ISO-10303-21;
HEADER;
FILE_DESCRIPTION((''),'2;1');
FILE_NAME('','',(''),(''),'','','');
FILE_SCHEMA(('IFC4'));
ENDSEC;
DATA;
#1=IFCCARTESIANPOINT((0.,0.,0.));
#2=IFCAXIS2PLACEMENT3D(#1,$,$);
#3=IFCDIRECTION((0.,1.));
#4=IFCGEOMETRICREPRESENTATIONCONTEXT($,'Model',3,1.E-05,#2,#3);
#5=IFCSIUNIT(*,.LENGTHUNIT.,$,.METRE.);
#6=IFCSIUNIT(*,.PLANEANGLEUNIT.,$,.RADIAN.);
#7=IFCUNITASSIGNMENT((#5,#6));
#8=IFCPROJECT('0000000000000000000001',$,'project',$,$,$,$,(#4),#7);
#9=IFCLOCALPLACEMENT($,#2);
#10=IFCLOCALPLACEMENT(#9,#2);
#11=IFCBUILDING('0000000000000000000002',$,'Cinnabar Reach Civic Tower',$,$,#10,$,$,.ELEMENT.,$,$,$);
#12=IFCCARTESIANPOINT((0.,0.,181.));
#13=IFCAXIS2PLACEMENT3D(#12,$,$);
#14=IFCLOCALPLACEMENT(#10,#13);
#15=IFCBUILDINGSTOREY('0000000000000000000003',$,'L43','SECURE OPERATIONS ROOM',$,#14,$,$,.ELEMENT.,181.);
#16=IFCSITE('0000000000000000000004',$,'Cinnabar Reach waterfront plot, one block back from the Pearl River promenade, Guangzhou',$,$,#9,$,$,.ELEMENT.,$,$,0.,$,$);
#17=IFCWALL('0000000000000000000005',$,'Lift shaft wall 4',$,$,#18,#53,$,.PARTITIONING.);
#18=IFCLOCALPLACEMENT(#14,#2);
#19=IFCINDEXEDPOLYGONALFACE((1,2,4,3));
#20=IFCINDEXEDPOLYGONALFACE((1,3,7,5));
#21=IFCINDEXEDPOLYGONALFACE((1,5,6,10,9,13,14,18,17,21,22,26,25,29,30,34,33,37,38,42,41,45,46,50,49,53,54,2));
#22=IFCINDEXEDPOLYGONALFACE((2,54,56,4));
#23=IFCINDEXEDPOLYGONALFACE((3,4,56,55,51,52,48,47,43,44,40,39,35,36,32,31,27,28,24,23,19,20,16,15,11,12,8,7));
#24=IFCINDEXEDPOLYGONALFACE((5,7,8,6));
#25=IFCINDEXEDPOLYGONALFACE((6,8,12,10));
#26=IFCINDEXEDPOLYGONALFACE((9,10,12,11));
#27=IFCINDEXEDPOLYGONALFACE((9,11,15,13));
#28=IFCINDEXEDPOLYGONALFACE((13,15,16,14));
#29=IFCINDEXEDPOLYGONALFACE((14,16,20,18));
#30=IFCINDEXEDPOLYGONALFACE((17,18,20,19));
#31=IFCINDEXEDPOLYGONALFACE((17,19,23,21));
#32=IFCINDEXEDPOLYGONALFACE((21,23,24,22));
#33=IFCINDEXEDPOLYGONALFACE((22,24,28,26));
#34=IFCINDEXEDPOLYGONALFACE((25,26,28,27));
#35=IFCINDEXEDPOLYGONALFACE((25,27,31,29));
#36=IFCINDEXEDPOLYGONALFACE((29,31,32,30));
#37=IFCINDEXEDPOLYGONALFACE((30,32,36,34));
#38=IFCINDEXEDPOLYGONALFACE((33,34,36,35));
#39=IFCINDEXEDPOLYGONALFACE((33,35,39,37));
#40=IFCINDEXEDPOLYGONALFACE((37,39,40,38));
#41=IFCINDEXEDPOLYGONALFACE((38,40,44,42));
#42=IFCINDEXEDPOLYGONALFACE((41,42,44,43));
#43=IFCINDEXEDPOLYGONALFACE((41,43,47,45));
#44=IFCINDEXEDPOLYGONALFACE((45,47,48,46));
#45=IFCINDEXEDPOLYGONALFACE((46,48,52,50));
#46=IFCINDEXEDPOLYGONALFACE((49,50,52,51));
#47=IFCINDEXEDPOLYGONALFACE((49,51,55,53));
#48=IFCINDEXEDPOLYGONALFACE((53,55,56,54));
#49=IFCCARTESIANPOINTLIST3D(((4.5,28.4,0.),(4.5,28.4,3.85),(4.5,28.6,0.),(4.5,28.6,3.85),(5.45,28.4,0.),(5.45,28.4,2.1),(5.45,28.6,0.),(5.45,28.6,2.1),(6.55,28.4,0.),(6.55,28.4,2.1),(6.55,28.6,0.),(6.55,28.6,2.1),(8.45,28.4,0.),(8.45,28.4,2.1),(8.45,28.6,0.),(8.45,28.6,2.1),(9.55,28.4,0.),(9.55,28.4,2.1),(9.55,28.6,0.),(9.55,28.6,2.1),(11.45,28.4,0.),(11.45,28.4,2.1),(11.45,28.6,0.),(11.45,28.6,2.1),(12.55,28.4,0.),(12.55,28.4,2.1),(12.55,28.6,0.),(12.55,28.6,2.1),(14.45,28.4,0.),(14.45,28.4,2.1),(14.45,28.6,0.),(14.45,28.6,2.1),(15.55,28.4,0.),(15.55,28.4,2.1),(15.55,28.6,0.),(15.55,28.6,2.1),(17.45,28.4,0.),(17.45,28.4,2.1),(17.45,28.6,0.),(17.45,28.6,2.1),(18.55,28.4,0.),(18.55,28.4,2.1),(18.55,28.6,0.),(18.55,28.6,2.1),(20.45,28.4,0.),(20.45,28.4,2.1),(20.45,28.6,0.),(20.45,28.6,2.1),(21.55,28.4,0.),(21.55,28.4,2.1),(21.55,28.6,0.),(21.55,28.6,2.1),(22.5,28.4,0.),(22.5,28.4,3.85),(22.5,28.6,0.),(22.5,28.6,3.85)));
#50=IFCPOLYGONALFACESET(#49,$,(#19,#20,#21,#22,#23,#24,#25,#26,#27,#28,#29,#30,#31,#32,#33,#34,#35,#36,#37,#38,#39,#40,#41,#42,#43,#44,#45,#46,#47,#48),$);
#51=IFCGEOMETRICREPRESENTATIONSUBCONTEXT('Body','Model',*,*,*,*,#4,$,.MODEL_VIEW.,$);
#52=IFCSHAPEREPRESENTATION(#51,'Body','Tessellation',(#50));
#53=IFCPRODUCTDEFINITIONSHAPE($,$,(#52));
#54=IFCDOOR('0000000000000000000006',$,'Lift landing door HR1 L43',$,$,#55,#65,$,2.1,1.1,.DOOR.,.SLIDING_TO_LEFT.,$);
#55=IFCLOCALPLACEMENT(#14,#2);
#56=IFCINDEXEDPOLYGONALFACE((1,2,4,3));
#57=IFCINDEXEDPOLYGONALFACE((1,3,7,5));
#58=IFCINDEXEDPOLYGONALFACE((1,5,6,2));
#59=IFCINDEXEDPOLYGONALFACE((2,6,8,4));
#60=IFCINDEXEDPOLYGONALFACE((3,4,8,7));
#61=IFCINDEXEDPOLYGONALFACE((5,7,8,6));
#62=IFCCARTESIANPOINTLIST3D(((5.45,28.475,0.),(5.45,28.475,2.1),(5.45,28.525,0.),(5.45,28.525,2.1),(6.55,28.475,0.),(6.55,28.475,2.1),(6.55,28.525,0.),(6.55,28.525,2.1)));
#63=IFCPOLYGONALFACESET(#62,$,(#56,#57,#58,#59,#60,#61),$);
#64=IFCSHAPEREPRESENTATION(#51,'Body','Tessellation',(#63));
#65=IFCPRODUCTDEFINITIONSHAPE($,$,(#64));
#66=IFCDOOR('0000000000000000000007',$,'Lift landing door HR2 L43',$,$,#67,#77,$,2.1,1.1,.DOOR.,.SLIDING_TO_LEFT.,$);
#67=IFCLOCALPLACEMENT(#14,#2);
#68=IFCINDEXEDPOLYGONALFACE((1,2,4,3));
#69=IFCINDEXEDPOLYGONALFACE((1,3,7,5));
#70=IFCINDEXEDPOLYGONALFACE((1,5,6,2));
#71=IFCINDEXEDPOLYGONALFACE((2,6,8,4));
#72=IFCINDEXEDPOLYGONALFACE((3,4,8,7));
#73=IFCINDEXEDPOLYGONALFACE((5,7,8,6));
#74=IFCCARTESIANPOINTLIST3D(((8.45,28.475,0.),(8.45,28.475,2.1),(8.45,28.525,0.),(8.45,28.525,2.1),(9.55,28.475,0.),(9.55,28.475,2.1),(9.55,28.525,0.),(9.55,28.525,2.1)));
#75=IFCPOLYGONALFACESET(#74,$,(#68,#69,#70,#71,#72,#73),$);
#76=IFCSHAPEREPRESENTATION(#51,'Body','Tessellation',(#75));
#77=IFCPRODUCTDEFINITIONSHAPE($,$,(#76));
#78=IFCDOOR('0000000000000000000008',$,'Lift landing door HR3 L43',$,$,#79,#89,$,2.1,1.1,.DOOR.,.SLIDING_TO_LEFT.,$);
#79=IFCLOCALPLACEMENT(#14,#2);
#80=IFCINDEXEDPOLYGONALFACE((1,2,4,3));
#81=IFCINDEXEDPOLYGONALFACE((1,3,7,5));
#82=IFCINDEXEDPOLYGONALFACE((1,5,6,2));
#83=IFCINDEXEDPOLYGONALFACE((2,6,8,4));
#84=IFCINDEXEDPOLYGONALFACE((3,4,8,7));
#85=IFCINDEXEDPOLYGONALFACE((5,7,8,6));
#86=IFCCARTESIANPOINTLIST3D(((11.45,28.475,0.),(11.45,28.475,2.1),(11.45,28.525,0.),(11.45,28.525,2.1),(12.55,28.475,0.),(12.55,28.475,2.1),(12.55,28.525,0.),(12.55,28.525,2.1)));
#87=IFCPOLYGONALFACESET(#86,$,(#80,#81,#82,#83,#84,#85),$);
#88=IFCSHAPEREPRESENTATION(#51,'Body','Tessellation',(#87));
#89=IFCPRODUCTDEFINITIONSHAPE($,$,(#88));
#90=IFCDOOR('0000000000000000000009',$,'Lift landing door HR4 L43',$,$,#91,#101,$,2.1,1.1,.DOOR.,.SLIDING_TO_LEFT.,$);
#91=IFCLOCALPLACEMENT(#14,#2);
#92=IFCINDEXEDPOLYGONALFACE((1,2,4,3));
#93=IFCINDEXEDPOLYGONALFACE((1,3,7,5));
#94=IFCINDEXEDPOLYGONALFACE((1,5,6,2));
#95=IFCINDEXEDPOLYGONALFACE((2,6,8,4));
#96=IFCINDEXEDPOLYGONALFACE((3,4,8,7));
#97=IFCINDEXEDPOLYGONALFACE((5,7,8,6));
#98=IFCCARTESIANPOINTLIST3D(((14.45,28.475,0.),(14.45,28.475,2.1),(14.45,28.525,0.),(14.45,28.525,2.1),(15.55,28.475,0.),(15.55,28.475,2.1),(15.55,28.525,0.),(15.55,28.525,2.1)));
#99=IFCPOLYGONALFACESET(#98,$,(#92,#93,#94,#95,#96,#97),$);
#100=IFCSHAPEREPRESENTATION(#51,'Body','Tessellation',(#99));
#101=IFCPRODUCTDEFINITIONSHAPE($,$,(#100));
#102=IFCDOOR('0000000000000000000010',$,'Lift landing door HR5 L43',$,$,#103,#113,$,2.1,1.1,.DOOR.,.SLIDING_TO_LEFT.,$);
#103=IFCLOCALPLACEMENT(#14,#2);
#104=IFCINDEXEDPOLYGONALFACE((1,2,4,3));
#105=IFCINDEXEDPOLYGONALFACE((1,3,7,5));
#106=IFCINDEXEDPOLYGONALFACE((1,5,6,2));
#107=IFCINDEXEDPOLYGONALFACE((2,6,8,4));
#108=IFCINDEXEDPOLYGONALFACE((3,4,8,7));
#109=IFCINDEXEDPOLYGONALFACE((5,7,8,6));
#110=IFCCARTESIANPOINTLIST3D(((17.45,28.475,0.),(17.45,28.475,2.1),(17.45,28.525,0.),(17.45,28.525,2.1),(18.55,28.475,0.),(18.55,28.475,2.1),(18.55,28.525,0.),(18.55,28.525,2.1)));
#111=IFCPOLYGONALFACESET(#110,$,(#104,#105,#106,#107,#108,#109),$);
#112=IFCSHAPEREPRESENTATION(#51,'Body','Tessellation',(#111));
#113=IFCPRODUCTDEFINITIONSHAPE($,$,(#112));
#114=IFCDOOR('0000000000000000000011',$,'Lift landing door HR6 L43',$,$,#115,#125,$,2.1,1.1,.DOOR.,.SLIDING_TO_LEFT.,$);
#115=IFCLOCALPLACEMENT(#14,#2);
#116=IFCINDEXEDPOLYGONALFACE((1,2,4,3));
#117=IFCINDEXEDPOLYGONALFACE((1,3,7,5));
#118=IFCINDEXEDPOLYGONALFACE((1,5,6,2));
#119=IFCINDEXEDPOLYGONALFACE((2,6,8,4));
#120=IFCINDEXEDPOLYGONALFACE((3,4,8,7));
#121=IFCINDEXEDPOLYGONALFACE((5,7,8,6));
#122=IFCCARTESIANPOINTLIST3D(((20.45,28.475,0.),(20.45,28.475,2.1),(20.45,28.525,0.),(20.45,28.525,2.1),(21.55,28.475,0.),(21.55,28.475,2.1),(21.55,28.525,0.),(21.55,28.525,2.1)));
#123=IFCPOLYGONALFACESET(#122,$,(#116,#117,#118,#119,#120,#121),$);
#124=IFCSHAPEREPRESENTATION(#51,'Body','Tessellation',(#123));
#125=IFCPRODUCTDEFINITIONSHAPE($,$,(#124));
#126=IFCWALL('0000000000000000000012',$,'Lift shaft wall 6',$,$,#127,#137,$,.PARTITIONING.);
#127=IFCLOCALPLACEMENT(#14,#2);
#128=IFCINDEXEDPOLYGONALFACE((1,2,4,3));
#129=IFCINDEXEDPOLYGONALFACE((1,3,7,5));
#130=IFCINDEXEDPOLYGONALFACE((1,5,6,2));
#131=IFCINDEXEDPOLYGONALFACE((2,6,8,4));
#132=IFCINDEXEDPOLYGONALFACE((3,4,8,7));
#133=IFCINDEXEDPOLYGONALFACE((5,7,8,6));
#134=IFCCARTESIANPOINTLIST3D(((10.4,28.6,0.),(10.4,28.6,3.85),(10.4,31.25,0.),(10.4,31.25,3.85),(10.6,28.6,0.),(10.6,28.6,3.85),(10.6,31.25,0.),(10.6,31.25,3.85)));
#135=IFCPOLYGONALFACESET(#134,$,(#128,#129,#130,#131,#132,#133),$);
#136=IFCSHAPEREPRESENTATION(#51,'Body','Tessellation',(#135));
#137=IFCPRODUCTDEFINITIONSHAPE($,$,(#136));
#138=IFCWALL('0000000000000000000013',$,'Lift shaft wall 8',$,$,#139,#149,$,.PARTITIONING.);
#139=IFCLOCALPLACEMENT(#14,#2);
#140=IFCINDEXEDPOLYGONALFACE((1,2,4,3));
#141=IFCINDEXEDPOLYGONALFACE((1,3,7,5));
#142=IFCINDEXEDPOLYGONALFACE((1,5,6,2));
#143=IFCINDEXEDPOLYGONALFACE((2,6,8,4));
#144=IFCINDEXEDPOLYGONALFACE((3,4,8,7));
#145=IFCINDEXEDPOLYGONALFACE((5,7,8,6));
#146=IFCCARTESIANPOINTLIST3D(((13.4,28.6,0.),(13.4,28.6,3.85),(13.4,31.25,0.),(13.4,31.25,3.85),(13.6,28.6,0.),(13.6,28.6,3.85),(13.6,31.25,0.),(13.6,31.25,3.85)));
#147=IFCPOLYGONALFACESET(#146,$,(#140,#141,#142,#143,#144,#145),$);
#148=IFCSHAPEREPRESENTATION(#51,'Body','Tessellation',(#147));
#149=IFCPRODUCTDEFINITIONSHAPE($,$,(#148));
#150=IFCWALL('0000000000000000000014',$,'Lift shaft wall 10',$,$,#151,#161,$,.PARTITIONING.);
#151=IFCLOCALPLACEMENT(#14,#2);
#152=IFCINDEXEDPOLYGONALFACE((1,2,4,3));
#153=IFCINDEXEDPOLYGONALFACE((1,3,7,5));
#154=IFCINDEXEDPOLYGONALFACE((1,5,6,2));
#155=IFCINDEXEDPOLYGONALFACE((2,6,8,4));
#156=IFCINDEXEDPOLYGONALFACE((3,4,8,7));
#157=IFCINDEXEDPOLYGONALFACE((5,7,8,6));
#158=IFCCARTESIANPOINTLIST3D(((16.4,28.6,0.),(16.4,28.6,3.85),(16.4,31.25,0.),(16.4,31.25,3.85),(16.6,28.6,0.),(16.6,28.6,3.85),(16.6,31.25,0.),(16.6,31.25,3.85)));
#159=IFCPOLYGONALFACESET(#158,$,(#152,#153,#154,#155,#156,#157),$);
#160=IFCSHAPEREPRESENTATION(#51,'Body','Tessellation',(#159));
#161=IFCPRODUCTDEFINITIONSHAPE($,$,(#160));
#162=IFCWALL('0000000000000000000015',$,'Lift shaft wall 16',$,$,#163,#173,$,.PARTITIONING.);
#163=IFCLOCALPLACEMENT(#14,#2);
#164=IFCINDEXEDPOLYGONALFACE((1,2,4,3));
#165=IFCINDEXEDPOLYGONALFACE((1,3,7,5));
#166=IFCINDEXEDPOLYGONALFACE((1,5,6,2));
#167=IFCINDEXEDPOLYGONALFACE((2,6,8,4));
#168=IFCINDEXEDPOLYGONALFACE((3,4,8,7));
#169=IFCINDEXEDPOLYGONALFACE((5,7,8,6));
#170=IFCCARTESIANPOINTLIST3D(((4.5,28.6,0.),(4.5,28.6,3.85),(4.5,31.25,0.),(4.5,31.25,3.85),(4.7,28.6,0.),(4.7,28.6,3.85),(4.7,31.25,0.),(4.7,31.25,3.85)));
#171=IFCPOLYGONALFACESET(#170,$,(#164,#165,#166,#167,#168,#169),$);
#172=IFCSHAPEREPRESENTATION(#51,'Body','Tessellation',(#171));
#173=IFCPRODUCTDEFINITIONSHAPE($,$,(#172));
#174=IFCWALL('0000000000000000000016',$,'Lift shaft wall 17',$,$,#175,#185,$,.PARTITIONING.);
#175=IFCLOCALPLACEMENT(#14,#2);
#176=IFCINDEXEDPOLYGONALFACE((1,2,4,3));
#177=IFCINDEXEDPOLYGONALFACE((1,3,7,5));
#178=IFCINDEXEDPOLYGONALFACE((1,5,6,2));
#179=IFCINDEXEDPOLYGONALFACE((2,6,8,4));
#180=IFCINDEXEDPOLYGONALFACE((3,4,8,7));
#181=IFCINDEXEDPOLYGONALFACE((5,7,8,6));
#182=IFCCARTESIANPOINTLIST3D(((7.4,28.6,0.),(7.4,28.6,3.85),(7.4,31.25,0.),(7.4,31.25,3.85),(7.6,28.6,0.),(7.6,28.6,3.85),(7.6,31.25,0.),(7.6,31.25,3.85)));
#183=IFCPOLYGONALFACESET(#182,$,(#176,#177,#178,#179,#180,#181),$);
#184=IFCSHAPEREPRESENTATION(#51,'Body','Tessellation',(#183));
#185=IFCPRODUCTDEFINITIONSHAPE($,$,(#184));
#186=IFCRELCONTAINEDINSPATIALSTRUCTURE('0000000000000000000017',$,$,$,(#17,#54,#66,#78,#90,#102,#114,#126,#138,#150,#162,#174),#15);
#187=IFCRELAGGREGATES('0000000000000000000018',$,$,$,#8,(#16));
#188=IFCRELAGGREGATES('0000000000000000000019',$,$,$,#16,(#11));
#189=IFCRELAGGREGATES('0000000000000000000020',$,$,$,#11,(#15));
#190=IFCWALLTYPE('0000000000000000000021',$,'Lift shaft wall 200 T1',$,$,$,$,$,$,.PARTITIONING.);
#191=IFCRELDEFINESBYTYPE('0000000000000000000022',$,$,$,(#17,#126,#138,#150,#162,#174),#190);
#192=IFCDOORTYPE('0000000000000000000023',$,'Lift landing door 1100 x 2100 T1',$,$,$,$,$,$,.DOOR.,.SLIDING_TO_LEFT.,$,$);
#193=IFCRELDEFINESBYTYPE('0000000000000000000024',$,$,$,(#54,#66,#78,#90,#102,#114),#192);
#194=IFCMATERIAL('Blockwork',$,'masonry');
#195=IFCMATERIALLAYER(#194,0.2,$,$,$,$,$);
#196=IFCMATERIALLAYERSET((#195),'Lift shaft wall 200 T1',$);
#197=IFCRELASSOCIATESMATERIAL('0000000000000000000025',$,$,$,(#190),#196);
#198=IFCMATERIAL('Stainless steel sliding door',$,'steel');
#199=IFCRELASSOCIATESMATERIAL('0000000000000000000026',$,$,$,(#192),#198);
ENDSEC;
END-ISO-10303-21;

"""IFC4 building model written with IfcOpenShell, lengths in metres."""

from ifc_helpers import new_model, si_unit, direction, frame, frame_2d, origin, place, context, subcontext, project, spatial, rectangle, extrude, material, layer, layer_set, type_object, element, fill, save


model = new_model("IFC4")

# Units and contexts
model_context = context("Model", 3, precision=1e-05, world=origin(), true_north=direction((0.0, 1.0)))
body_context = subcontext(model_context, "Body", "Model", "MODEL_VIEW")
ifc_project = project(units=[si_unit("LENGTHUNIT", "METRE"), si_unit("PLANEANGLEUNIT", "RADIAN")], contexts=[model_context])

# Site, building, storey
site_placement = place(None, origin())
site = spatial("IfcSite", under=ifc_project, at=site_placement, Name="Cinnabar Reach waterfront plot, one block back from the Pearl River promenade, Guangzhou", CompositionType="ELEMENT", RefElevation=0.0)
building_placement = place(site_placement, origin())
building = spatial("IfcBuilding", under=site, at=building_placement, Name="Cinnabar Reach Civic Tower", CompositionType="ELEMENT")
storey_placement = place(building_placement, frame((0.0, 0.0, 181.0)))
storey = spatial("IfcBuildingStorey", under=building, at=storey_placement, Name="L43", Description="SECURE OPERATIONS ROOM", CompositionType="ELEMENT", Elevation=181.0)

# Wall, openings, doors
ifc_material_1 = material(Name="Blockwork", Category="masonry")
ifc_layer_1 = layer(ifc_material_1, 0.2)
ifc_layer_set_1 = layer_set([ifc_layer_1], Name="Lift shaft wall 200 T1")
wall_type_1 = type_object("IfcWallType", Name="Lift shaft wall 200 T1", PredefinedType="PARTITIONING", material=ifc_layer_set_1)
wall_1_placement = place(storey_placement, frame((4.5, 28.5, 0.0), z_axis=(0.0, 0.0, 1.0), x_axis=(1.0, 0.0, 0.0)))
wall_1 = element("IfcWall", 1, at=wall_1_placement, inside=storey, type_object=wall_type_1, Name="Lift shaft wall 4", PredefinedType="PARTITIONING", context=body_context, shape_type="SweptSolid", body=[
    extrude(rectangle(XDim=18.0, YDim=0.2, at=frame_2d((9.0, 0.0))), origin(), (0.0, 0.0, 1.0), 3.85),
])
opening_1_placement = place(wall_1_placement, frame((0.95, 0.0, 0.0)))
opening_1 = element("IfcOpeningElement", 2, at=opening_1_placement, cuts=wall_1, PredefinedType="OPENING", context=body_context, shape_type="SweptSolid", body=[
    extrude(rectangle(XDim=1.1, YDim=2.1, at=frame_2d((0.55, 1.05))), frame((0.0, 0.11, 0.0), z_axis=(0.0, -1.0, 0.0), x_axis=(1.0, 0.0, 0.0)), (0.0, 0.0, 1.0), 0.22),
])
opening_2_placement = place(wall_1_placement, frame((3.95, 0.0, 0.0)))
opening_2 = element("IfcOpeningElement", 3, at=opening_2_placement, cuts=wall_1, PredefinedType="OPENING", context=body_context, shape_type="SweptSolid", body=[
    extrude(rectangle(XDim=1.1, YDim=2.1, at=frame_2d((0.55, 1.05))), frame((0.0, 0.11, 0.0), z_axis=(0.0, -1.0, 0.0), x_axis=(1.0, 0.0, 0.0)), (0.0, 0.0, 1.0), 0.22),
])
opening_3_placement = place(wall_1_placement, frame((6.95, 0.0, 0.0)))
opening_3 = element("IfcOpeningElement", 4, at=opening_3_placement, cuts=wall_1, PredefinedType="OPENING", context=body_context, shape_type="SweptSolid", body=[
    extrude(rectangle(XDim=1.1, YDim=2.1, at=frame_2d((0.55, 1.05))), frame((0.0, 0.11, 0.0), z_axis=(0.0, -1.0, 0.0), x_axis=(1.0, 0.0, 0.0)), (0.0, 0.0, 1.0), 0.22),
])
opening_4_placement = place(wall_1_placement, frame((9.95, 0.0, 0.0)))
opening_4 = element("IfcOpeningElement", 5, at=opening_4_placement, cuts=wall_1, PredefinedType="OPENING", context=body_context, shape_type="SweptSolid", body=[
    extrude(rectangle(XDim=1.1, YDim=2.1, at=frame_2d((0.55, 1.05))), frame((0.0, 0.11, 0.0), z_axis=(0.0, -1.0, 0.0), x_axis=(1.0, 0.0, 0.0)), (0.0, 0.0, 1.0), 0.22),
])
opening_5_placement = place(wall_1_placement, frame((12.95, 0.0, 0.0)))
opening_5 = element("IfcOpeningElement", 6, at=opening_5_placement, cuts=wall_1, PredefinedType="OPENING", context=body_context, shape_type="SweptSolid", body=[
    extrude(rectangle(XDim=1.1, YDim=2.1, at=frame_2d((0.55, 1.05))), frame((0.0, 0.11, 0.0), z_axis=(0.0, -1.0, 0.0), x_axis=(1.0, 0.0, 0.0)), (0.0, 0.0, 1.0), 0.22),
])
opening_6_placement = place(wall_1_placement, frame((15.95, 0.0, 0.0)))
opening_6 = element("IfcOpeningElement", 7, at=opening_6_placement, cuts=wall_1, PredefinedType="OPENING", context=body_context, shape_type="SweptSolid", body=[
    extrude(rectangle(XDim=1.1, YDim=2.1, at=frame_2d((0.55, 1.05))), frame((0.0, 0.11, 0.0), z_axis=(0.0, -1.0, 0.0), x_axis=(1.0, 0.0, 0.0)), (0.0, 0.0, 1.0), 0.22),
])
ifc_material_2 = material(Name="Stainless steel sliding door", Category="steel")
door_type_1 = type_object("IfcDoorType", Name="Lift landing door 1100 x 2100 T1", OperationType="SLIDING_TO_LEFT", PredefinedType="DOOR", material=ifc_material_2)
door_1_placement = place(opening_1_placement, origin())
door_1 = element("IfcDoor", 8, at=door_1_placement, inside=storey, type_object=door_type_1, Name="Lift landing door HR1 L43", OperationType="SLIDING_TO_LEFT", OverallHeight=2.1, OverallWidth=1.1, PredefinedType="DOOR", context=body_context, shape_type="SweptSolid", body=[
    extrude(rectangle(XDim=1.1, YDim=2.1, at=frame_2d((0.55, 1.05))), frame((0.0, 0.025, 0.0), z_axis=(0.0, -1.0, 0.0), x_axis=(1.0, 0.0, 0.0)), (0.0, 0.0, 1.0), 0.05),
])
fill(opening_1, door_1)
door_2_placement = place(opening_2_placement, origin())
door_2 = element("IfcDoor", 9, at=door_2_placement, inside=storey, type_object=door_type_1, Name="Lift landing door HR2 L43", OperationType="SLIDING_TO_LEFT", OverallHeight=2.1, OverallWidth=1.1, PredefinedType="DOOR", context=body_context, shape_type="SweptSolid", body=[
    extrude(rectangle(XDim=1.1, YDim=2.1, at=frame_2d((0.55, 1.05))), frame((0.0, 0.025, 0.0), z_axis=(0.0, -1.0, 0.0), x_axis=(1.0, 0.0, 0.0)), (0.0, 0.0, 1.0), 0.05),
])
fill(opening_2, door_2)
door_3_placement = place(opening_3_placement, origin())
door_3 = element("IfcDoor", 10, at=door_3_placement, inside=storey, type_object=door_type_1, Name="Lift landing door HR3 L43", OperationType="SLIDING_TO_LEFT", OverallHeight=2.1, OverallWidth=1.1, PredefinedType="DOOR", context=body_context, shape_type="SweptSolid", body=[
    extrude(rectangle(XDim=1.1, YDim=2.1, at=frame_2d((0.55, 1.05))), frame((0.0, 0.025, 0.0), z_axis=(0.0, -1.0, 0.0), x_axis=(1.0, 0.0, 0.0)), (0.0, 0.0, 1.0), 0.05),
])
fill(opening_3, door_3)
door_4_placement = place(opening_4_placement, origin())
door_4 = element("IfcDoor", 11, at=door_4_placement, inside=storey, type_object=door_type_1, Name="Lift landing door HR4 L43", OperationType="SLIDING_TO_LEFT", OverallHeight=2.1, OverallWidth=1.1, PredefinedType="DOOR", context=body_context, shape_type="SweptSolid", body=[
    extrude(rectangle(XDim=1.1, YDim=2.1, at=frame_2d((0.55, 1.05))), frame((0.0, 0.025, 0.0), z_axis=(0.0, -1.0, 0.0), x_axis=(1.0, 0.0, 0.0)), (0.0, 0.0, 1.0), 0.05),
])
fill(opening_4, door_4)
door_5_placement = place(opening_5_placement, origin())
door_5 = element("IfcDoor", 12, at=door_5_placement, inside=storey, type_object=door_type_1, Name="Lift landing door HR5 L43", OperationType="SLIDING_TO_LEFT", OverallHeight=2.1, OverallWidth=1.1, PredefinedType="DOOR", context=body_context, shape_type="SweptSolid", body=[
    extrude(rectangle(XDim=1.1, YDim=2.1, at=frame_2d((0.55, 1.05))), frame((0.0, 0.025, 0.0), z_axis=(0.0, -1.0, 0.0), x_axis=(1.0, 0.0, 0.0)), (0.0, 0.0, 1.0), 0.05),
])
fill(opening_5, door_5)
door_6_placement = place(opening_6_placement, origin())
door_6 = element("IfcDoor", 13, at=door_6_placement, inside=storey, type_object=door_type_1, Name="Lift landing door HR6 L43", OperationType="SLIDING_TO_LEFT", OverallHeight=2.1, OverallWidth=1.1, PredefinedType="DOOR", context=body_context, shape_type="SweptSolid", body=[
    extrude(rectangle(XDim=1.1, YDim=2.1, at=frame_2d((0.55, 1.05))), frame((0.0, 0.025, 0.0), z_axis=(0.0, -1.0, 0.0), x_axis=(1.0, 0.0, 0.0)), (0.0, 0.0, 1.0), 0.05),
])
fill(opening_6, door_6)

# Walls
for number, where, z_axis, x_axis, name in (
    (14, (10.5, 28.6, 0.0), (0.0, 0.0, 1.0), (0.0, 1.0, 0.0), "Lift shaft wall 6"),
    (15, (13.5, 28.6, 0.0), (0.0, 0.0, 1.0), (0.0, 1.0, 0.0), "Lift shaft wall 8"),
    (16, (16.5, 28.6, 0.0), (0.0, 0.0, 1.0), (0.0, 1.0, 0.0), "Lift shaft wall 10"),
    (17, (4.6, 28.6, 0.0), (0.0, 0.0, 1.0), (0.0, 1.0, 0.0), "Lift shaft wall 16"),
    (18, (7.5, 28.6, 0.0), (0.0, 0.0, 1.0), (0.0, 1.0, 0.0), "Lift shaft wall 17"),
):
    element("IfcWall", number, at=place(storey_placement, frame(where, z_axis=z_axis, x_axis=x_axis)), inside=storey, type_object=wall_type_1, Name=name, PredefinedType="PARTITIONING", context=body_context, shape_type="SweptSolid", body=[
        extrude(rectangle(XDim=2.65, YDim=0.2, at=frame_2d((1.325, 0.0))), origin(), (0.0, 0.0, 1.0), 3.85),
    ])

save(model, "model.ifc")
